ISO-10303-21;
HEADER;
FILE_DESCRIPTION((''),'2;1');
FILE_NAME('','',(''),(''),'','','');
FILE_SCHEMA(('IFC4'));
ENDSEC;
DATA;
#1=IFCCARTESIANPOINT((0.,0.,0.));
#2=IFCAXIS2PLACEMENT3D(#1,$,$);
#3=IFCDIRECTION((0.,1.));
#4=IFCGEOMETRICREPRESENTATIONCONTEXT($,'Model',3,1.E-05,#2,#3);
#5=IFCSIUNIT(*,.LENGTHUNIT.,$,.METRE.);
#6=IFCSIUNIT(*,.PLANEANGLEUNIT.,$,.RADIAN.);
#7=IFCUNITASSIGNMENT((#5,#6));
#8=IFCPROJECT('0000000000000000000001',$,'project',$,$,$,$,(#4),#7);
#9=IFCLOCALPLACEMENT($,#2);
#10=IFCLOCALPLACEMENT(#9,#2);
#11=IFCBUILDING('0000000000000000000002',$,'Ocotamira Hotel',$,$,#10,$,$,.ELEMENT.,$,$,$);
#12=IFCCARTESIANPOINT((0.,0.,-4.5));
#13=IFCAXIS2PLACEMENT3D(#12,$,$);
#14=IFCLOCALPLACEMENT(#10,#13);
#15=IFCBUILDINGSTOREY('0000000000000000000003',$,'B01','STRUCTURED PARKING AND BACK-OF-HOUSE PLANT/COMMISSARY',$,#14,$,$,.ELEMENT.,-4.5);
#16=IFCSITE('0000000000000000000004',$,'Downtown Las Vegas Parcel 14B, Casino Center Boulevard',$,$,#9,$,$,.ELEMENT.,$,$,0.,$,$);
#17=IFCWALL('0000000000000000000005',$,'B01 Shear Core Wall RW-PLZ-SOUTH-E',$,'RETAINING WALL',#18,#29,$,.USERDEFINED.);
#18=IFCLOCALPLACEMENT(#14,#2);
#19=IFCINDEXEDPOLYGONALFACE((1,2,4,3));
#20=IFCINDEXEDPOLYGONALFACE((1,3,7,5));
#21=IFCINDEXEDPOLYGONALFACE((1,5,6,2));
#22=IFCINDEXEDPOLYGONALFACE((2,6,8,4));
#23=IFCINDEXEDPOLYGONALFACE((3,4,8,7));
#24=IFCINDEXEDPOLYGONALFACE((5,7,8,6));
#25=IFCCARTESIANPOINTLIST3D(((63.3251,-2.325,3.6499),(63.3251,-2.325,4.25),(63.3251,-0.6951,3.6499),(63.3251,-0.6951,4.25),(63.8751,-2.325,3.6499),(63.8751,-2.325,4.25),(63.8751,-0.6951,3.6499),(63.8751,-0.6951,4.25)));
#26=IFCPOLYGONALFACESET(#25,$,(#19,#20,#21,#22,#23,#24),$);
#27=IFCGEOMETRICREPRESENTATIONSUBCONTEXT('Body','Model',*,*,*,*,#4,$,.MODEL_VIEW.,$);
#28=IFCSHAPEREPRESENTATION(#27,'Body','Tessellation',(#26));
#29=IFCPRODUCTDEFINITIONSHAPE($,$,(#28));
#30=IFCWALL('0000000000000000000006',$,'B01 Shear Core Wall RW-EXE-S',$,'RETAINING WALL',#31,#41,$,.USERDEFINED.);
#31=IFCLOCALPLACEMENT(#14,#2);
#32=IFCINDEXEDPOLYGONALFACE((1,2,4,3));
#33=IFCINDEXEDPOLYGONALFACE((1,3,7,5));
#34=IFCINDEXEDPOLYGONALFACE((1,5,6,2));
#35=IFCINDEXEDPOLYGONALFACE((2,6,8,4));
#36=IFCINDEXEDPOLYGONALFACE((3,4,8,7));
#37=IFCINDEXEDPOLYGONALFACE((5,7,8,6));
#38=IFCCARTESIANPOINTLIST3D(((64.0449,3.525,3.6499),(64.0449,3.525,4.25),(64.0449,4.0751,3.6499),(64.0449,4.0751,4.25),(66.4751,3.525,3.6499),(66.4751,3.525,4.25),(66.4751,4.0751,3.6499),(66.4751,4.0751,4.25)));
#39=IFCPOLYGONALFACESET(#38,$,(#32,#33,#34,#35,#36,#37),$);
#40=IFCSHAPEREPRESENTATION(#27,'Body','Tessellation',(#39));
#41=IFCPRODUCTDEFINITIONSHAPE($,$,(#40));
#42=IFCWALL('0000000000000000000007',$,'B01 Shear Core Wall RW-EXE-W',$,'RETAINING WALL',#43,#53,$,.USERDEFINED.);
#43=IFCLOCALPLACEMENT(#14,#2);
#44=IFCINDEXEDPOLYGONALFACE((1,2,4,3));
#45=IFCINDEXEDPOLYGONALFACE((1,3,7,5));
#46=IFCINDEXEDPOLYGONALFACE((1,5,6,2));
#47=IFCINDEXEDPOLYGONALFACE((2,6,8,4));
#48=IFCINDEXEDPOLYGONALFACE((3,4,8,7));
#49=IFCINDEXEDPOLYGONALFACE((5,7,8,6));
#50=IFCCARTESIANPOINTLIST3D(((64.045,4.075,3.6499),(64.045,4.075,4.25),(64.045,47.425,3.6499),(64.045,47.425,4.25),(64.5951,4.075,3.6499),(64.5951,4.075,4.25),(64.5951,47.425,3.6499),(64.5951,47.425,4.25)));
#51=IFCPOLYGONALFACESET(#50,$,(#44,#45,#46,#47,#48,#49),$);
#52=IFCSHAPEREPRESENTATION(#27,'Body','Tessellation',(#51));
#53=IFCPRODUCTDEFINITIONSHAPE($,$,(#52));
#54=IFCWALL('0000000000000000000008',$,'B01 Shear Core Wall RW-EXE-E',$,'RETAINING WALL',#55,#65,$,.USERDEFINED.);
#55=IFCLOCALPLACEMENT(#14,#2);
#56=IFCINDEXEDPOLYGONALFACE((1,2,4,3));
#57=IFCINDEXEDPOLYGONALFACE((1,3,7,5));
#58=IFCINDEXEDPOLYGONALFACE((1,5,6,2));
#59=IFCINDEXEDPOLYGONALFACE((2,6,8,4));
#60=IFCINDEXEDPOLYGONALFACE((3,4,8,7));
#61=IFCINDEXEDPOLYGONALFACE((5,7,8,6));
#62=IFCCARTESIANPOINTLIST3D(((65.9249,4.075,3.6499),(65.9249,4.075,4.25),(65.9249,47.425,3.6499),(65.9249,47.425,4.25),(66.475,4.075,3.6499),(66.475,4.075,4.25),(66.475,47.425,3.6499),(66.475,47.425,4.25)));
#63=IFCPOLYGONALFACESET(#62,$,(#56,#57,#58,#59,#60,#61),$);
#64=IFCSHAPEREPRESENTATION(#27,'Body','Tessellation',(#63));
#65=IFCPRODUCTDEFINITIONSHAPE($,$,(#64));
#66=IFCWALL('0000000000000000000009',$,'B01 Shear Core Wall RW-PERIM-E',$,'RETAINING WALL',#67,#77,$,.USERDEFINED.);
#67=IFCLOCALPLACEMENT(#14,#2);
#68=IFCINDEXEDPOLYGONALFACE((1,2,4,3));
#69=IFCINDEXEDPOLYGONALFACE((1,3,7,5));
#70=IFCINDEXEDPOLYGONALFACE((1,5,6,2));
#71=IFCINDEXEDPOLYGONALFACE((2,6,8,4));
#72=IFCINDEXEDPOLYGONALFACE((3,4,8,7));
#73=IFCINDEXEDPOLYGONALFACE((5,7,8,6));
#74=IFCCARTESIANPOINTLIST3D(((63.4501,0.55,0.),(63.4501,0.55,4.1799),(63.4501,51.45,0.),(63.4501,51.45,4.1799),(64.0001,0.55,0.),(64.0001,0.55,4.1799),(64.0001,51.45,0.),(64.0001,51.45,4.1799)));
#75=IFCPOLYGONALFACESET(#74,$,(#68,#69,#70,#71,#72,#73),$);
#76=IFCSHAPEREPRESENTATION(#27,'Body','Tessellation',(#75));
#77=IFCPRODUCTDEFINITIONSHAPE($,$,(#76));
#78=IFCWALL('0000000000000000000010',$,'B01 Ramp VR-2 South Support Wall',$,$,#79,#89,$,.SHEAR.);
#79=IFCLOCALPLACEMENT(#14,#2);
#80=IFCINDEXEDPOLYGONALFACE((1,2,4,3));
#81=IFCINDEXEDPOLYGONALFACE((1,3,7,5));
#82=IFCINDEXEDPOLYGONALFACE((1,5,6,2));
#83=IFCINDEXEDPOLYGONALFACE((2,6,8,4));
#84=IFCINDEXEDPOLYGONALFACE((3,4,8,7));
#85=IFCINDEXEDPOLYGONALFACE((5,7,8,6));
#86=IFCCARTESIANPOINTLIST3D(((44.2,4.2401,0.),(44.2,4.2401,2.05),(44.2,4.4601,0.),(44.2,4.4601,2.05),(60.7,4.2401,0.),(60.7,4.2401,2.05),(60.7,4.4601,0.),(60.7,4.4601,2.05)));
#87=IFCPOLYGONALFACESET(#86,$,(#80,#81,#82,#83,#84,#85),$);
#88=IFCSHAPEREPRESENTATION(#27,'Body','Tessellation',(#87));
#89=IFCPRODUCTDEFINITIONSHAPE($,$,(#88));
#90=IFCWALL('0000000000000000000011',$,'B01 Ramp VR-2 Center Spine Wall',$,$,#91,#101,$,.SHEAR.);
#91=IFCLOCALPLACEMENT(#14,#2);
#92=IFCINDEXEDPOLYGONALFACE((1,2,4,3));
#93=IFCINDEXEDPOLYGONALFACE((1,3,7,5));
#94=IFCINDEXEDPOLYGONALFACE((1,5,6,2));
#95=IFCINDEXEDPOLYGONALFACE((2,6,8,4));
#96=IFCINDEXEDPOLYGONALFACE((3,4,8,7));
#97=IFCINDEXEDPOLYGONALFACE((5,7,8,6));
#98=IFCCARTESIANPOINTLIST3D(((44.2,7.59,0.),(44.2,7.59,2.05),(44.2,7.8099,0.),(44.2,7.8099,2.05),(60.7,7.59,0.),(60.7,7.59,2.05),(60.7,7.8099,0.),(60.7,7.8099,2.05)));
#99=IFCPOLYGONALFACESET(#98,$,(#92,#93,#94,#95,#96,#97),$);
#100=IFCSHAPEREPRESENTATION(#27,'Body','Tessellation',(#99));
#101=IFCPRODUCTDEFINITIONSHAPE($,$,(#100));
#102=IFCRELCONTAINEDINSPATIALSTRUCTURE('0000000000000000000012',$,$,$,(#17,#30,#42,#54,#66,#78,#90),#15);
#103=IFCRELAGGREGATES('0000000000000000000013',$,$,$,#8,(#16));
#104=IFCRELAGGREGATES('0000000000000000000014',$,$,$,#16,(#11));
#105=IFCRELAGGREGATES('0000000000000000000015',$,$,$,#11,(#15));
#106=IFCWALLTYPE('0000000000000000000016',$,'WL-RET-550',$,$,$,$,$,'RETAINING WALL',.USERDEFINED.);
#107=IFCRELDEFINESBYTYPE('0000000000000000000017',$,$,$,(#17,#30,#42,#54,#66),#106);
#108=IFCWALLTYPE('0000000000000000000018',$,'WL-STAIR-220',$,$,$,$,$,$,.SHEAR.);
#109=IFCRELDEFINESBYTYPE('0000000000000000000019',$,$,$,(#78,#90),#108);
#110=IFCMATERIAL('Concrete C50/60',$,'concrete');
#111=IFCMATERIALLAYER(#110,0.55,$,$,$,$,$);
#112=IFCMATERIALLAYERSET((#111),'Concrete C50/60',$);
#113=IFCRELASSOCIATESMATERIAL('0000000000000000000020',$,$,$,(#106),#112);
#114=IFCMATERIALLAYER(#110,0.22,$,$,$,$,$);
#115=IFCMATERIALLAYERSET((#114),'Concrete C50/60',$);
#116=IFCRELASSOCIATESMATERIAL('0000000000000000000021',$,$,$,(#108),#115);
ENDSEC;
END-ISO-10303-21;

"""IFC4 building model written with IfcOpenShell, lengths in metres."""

from ifc_helpers import new_model, si_unit, direction, frame, frame_2d, origin, place, context, subcontext, project, spatial, rectangle, extrude, material, layer, layer_set, type_object, element, save


model = new_model("IFC4")

# Units and contexts
model_context = context("Model", 3, precision=1e-05, world=origin(), true_north=direction((0.0, 1.0)))
body_context = subcontext(model_context, "Body", "Model", "MODEL_VIEW")
ifc_project = project(units=[si_unit("LENGTHUNIT", "METRE"), si_unit("PLANEANGLEUNIT", "RADIAN")], contexts=[model_context])

# Site, building, storey
site_placement = place(None, origin())
site = spatial("IfcSite", under=ifc_project, at=site_placement, Name="Downtown Las Vegas Parcel 14B, Casino Center Boulevard", CompositionType="ELEMENT", RefElevation=0.0)
building_placement = place(site_placement, origin())
building = spatial("IfcBuilding", under=site, at=building_placement, Name="Ocotamira Hotel", CompositionType="ELEMENT")
storey_placement = place(building_placement, frame((0.0, 0.0, -4.5)))
storey = spatial("IfcBuildingStorey", under=building, at=storey_placement, Name="B01", Description="STRUCTURED PARKING AND BACK-OF-HOUSE PLANT/COMMISSARY", CompositionType="ELEMENT", Elevation=-4.5)

# Shared definitions
ifc_material_1 = material(Name="Concrete C50/60", Category="concrete")

# Walls
ifc_layer_1 = layer(ifc_material_1, 0.55)
ifc_layer_set_1 = layer_set([ifc_layer_1], Name="Concrete C50/60")
wall_type_1 = type_object("IfcWallType", Name="WL-RET-550", ElementType="RETAINING WALL", PredefinedType="USERDEFINED", material=ifc_layer_set_1)
wall_1_placement = place(storey_placement, frame((63.6001, -2.325, 3.6499), z_axis=(0.0, 0.0, 1.0), x_axis=(0.0, 1.0, 0.0)))
element("IfcWall", 1, at=wall_1_placement, inside=storey, type_object=wall_type_1, Name="B01 Shear Core Wall RW-PLZ-SOUTH-E", ObjectType="RETAINING WALL", PredefinedType="USERDEFINED", context=body_context, shape_type="SweptSolid", body=[
    extrude(rectangle(XDim=1.6299, YDim=0.55, at=frame_2d((0.8149, 0.0))), origin(), (0.0, 0.0, 1.0), 0.6001),
])
wall_2_placement = place(storey_placement, frame((64.0449, 3.8, 3.6499), z_axis=(0.0, 0.0, 1.0), x_axis=(1.0, 0.0, 0.0)))
element("IfcWall", 2, at=wall_2_placement, inside=storey, type_object=wall_type_1, Name="B01 Shear Core Wall RW-EXE-S", ObjectType="RETAINING WALL", PredefinedType="USERDEFINED", context=body_context, shape_type="SweptSolid", body=[
    extrude(rectangle(XDim=2.4302, YDim=0.55, at=frame_2d((1.2151, 0.0))), origin(), (0.0, 0.0, 1.0), 0.6001),
])
for number, where, z_axis, x_axis, name in (
    (3, (64.3201, 4.075, 3.6499), (0.0, 0.0, 1.0), (0.0, 1.0, 0.0), "B01 Shear Core Wall RW-EXE-W"),
    (4, (66.2, 4.075, 3.6499), (0.0, 0.0, 1.0), (0.0, 1.0, 0.0), "B01 Shear Core Wall RW-EXE-E"),
):
    element("IfcWall", number, at=place(storey_placement, frame(where, z_axis=z_axis, x_axis=x_axis)), inside=storey, type_object=wall_type_1, Name=name, ObjectType="RETAINING WALL", PredefinedType="USERDEFINED", context=body_context, shape_type="SweptSolid", body=[
        extrude(rectangle(XDim=43.3501, YDim=0.55, at=frame_2d((21.675, 0.0))), origin(), (0.0, 0.0, 1.0), 0.6001),
    ])
wall_3_placement = place(storey_placement, frame((63.7251, 0.55, 0.0), z_axis=(0.0, 0.0, 1.0), x_axis=(0.0, 1.0, 0.0)))
element("IfcWall", 5, at=wall_3_placement, inside=storey, type_object=wall_type_1, Name="B01 Shear Core Wall RW-PERIM-E", ObjectType="RETAINING WALL", PredefinedType="USERDEFINED", context=body_context, shape_type="SweptSolid", body=[
    extrude(rectangle(XDim=50.8999, YDim=0.55, at=frame_2d((25.45, 0.0))), origin(), (0.0, 0.0, 1.0), 4.1799),
])
ifc_layer_2 = layer(ifc_material_1, 0.22)
ifc_layer_set_2 = layer_set([ifc_layer_2], Name="Concrete C50/60")
wall_type_2 = type_object("IfcWallType", Name="WL-STAIR-220", PredefinedType="SHEAR", material=ifc_layer_set_2)
for number, where, z_axis, x_axis, name in (
    (6, (44.2, 4.3501, 0.0), (0.0, 0.0, 1.0), (1.0, 0.0, 0.0), "B01 Ramp VR-2 South Support Wall"),
    (7, (44.2, 7.7, 0.0), (0.0, 0.0, 1.0), (1.0, 0.0, 0.0), "B01 Ramp VR-2 Center Spine Wall"),
):
    element("IfcWall", number, at=place(storey_placement, frame(where, z_axis=z_axis, x_axis=x_axis)), inside=storey, type_object=wall_type_2, Name=name, PredefinedType="SHEAR", context=body_context, shape_type="SweptSolid", body=[
        extrude(rectangle(XDim=16.5, YDim=0.22, at=frame_2d((8.25, 0.0))), origin(), (0.0, 0.0, 1.0), 2.05),
    ])

save(model, "model.ifc")
